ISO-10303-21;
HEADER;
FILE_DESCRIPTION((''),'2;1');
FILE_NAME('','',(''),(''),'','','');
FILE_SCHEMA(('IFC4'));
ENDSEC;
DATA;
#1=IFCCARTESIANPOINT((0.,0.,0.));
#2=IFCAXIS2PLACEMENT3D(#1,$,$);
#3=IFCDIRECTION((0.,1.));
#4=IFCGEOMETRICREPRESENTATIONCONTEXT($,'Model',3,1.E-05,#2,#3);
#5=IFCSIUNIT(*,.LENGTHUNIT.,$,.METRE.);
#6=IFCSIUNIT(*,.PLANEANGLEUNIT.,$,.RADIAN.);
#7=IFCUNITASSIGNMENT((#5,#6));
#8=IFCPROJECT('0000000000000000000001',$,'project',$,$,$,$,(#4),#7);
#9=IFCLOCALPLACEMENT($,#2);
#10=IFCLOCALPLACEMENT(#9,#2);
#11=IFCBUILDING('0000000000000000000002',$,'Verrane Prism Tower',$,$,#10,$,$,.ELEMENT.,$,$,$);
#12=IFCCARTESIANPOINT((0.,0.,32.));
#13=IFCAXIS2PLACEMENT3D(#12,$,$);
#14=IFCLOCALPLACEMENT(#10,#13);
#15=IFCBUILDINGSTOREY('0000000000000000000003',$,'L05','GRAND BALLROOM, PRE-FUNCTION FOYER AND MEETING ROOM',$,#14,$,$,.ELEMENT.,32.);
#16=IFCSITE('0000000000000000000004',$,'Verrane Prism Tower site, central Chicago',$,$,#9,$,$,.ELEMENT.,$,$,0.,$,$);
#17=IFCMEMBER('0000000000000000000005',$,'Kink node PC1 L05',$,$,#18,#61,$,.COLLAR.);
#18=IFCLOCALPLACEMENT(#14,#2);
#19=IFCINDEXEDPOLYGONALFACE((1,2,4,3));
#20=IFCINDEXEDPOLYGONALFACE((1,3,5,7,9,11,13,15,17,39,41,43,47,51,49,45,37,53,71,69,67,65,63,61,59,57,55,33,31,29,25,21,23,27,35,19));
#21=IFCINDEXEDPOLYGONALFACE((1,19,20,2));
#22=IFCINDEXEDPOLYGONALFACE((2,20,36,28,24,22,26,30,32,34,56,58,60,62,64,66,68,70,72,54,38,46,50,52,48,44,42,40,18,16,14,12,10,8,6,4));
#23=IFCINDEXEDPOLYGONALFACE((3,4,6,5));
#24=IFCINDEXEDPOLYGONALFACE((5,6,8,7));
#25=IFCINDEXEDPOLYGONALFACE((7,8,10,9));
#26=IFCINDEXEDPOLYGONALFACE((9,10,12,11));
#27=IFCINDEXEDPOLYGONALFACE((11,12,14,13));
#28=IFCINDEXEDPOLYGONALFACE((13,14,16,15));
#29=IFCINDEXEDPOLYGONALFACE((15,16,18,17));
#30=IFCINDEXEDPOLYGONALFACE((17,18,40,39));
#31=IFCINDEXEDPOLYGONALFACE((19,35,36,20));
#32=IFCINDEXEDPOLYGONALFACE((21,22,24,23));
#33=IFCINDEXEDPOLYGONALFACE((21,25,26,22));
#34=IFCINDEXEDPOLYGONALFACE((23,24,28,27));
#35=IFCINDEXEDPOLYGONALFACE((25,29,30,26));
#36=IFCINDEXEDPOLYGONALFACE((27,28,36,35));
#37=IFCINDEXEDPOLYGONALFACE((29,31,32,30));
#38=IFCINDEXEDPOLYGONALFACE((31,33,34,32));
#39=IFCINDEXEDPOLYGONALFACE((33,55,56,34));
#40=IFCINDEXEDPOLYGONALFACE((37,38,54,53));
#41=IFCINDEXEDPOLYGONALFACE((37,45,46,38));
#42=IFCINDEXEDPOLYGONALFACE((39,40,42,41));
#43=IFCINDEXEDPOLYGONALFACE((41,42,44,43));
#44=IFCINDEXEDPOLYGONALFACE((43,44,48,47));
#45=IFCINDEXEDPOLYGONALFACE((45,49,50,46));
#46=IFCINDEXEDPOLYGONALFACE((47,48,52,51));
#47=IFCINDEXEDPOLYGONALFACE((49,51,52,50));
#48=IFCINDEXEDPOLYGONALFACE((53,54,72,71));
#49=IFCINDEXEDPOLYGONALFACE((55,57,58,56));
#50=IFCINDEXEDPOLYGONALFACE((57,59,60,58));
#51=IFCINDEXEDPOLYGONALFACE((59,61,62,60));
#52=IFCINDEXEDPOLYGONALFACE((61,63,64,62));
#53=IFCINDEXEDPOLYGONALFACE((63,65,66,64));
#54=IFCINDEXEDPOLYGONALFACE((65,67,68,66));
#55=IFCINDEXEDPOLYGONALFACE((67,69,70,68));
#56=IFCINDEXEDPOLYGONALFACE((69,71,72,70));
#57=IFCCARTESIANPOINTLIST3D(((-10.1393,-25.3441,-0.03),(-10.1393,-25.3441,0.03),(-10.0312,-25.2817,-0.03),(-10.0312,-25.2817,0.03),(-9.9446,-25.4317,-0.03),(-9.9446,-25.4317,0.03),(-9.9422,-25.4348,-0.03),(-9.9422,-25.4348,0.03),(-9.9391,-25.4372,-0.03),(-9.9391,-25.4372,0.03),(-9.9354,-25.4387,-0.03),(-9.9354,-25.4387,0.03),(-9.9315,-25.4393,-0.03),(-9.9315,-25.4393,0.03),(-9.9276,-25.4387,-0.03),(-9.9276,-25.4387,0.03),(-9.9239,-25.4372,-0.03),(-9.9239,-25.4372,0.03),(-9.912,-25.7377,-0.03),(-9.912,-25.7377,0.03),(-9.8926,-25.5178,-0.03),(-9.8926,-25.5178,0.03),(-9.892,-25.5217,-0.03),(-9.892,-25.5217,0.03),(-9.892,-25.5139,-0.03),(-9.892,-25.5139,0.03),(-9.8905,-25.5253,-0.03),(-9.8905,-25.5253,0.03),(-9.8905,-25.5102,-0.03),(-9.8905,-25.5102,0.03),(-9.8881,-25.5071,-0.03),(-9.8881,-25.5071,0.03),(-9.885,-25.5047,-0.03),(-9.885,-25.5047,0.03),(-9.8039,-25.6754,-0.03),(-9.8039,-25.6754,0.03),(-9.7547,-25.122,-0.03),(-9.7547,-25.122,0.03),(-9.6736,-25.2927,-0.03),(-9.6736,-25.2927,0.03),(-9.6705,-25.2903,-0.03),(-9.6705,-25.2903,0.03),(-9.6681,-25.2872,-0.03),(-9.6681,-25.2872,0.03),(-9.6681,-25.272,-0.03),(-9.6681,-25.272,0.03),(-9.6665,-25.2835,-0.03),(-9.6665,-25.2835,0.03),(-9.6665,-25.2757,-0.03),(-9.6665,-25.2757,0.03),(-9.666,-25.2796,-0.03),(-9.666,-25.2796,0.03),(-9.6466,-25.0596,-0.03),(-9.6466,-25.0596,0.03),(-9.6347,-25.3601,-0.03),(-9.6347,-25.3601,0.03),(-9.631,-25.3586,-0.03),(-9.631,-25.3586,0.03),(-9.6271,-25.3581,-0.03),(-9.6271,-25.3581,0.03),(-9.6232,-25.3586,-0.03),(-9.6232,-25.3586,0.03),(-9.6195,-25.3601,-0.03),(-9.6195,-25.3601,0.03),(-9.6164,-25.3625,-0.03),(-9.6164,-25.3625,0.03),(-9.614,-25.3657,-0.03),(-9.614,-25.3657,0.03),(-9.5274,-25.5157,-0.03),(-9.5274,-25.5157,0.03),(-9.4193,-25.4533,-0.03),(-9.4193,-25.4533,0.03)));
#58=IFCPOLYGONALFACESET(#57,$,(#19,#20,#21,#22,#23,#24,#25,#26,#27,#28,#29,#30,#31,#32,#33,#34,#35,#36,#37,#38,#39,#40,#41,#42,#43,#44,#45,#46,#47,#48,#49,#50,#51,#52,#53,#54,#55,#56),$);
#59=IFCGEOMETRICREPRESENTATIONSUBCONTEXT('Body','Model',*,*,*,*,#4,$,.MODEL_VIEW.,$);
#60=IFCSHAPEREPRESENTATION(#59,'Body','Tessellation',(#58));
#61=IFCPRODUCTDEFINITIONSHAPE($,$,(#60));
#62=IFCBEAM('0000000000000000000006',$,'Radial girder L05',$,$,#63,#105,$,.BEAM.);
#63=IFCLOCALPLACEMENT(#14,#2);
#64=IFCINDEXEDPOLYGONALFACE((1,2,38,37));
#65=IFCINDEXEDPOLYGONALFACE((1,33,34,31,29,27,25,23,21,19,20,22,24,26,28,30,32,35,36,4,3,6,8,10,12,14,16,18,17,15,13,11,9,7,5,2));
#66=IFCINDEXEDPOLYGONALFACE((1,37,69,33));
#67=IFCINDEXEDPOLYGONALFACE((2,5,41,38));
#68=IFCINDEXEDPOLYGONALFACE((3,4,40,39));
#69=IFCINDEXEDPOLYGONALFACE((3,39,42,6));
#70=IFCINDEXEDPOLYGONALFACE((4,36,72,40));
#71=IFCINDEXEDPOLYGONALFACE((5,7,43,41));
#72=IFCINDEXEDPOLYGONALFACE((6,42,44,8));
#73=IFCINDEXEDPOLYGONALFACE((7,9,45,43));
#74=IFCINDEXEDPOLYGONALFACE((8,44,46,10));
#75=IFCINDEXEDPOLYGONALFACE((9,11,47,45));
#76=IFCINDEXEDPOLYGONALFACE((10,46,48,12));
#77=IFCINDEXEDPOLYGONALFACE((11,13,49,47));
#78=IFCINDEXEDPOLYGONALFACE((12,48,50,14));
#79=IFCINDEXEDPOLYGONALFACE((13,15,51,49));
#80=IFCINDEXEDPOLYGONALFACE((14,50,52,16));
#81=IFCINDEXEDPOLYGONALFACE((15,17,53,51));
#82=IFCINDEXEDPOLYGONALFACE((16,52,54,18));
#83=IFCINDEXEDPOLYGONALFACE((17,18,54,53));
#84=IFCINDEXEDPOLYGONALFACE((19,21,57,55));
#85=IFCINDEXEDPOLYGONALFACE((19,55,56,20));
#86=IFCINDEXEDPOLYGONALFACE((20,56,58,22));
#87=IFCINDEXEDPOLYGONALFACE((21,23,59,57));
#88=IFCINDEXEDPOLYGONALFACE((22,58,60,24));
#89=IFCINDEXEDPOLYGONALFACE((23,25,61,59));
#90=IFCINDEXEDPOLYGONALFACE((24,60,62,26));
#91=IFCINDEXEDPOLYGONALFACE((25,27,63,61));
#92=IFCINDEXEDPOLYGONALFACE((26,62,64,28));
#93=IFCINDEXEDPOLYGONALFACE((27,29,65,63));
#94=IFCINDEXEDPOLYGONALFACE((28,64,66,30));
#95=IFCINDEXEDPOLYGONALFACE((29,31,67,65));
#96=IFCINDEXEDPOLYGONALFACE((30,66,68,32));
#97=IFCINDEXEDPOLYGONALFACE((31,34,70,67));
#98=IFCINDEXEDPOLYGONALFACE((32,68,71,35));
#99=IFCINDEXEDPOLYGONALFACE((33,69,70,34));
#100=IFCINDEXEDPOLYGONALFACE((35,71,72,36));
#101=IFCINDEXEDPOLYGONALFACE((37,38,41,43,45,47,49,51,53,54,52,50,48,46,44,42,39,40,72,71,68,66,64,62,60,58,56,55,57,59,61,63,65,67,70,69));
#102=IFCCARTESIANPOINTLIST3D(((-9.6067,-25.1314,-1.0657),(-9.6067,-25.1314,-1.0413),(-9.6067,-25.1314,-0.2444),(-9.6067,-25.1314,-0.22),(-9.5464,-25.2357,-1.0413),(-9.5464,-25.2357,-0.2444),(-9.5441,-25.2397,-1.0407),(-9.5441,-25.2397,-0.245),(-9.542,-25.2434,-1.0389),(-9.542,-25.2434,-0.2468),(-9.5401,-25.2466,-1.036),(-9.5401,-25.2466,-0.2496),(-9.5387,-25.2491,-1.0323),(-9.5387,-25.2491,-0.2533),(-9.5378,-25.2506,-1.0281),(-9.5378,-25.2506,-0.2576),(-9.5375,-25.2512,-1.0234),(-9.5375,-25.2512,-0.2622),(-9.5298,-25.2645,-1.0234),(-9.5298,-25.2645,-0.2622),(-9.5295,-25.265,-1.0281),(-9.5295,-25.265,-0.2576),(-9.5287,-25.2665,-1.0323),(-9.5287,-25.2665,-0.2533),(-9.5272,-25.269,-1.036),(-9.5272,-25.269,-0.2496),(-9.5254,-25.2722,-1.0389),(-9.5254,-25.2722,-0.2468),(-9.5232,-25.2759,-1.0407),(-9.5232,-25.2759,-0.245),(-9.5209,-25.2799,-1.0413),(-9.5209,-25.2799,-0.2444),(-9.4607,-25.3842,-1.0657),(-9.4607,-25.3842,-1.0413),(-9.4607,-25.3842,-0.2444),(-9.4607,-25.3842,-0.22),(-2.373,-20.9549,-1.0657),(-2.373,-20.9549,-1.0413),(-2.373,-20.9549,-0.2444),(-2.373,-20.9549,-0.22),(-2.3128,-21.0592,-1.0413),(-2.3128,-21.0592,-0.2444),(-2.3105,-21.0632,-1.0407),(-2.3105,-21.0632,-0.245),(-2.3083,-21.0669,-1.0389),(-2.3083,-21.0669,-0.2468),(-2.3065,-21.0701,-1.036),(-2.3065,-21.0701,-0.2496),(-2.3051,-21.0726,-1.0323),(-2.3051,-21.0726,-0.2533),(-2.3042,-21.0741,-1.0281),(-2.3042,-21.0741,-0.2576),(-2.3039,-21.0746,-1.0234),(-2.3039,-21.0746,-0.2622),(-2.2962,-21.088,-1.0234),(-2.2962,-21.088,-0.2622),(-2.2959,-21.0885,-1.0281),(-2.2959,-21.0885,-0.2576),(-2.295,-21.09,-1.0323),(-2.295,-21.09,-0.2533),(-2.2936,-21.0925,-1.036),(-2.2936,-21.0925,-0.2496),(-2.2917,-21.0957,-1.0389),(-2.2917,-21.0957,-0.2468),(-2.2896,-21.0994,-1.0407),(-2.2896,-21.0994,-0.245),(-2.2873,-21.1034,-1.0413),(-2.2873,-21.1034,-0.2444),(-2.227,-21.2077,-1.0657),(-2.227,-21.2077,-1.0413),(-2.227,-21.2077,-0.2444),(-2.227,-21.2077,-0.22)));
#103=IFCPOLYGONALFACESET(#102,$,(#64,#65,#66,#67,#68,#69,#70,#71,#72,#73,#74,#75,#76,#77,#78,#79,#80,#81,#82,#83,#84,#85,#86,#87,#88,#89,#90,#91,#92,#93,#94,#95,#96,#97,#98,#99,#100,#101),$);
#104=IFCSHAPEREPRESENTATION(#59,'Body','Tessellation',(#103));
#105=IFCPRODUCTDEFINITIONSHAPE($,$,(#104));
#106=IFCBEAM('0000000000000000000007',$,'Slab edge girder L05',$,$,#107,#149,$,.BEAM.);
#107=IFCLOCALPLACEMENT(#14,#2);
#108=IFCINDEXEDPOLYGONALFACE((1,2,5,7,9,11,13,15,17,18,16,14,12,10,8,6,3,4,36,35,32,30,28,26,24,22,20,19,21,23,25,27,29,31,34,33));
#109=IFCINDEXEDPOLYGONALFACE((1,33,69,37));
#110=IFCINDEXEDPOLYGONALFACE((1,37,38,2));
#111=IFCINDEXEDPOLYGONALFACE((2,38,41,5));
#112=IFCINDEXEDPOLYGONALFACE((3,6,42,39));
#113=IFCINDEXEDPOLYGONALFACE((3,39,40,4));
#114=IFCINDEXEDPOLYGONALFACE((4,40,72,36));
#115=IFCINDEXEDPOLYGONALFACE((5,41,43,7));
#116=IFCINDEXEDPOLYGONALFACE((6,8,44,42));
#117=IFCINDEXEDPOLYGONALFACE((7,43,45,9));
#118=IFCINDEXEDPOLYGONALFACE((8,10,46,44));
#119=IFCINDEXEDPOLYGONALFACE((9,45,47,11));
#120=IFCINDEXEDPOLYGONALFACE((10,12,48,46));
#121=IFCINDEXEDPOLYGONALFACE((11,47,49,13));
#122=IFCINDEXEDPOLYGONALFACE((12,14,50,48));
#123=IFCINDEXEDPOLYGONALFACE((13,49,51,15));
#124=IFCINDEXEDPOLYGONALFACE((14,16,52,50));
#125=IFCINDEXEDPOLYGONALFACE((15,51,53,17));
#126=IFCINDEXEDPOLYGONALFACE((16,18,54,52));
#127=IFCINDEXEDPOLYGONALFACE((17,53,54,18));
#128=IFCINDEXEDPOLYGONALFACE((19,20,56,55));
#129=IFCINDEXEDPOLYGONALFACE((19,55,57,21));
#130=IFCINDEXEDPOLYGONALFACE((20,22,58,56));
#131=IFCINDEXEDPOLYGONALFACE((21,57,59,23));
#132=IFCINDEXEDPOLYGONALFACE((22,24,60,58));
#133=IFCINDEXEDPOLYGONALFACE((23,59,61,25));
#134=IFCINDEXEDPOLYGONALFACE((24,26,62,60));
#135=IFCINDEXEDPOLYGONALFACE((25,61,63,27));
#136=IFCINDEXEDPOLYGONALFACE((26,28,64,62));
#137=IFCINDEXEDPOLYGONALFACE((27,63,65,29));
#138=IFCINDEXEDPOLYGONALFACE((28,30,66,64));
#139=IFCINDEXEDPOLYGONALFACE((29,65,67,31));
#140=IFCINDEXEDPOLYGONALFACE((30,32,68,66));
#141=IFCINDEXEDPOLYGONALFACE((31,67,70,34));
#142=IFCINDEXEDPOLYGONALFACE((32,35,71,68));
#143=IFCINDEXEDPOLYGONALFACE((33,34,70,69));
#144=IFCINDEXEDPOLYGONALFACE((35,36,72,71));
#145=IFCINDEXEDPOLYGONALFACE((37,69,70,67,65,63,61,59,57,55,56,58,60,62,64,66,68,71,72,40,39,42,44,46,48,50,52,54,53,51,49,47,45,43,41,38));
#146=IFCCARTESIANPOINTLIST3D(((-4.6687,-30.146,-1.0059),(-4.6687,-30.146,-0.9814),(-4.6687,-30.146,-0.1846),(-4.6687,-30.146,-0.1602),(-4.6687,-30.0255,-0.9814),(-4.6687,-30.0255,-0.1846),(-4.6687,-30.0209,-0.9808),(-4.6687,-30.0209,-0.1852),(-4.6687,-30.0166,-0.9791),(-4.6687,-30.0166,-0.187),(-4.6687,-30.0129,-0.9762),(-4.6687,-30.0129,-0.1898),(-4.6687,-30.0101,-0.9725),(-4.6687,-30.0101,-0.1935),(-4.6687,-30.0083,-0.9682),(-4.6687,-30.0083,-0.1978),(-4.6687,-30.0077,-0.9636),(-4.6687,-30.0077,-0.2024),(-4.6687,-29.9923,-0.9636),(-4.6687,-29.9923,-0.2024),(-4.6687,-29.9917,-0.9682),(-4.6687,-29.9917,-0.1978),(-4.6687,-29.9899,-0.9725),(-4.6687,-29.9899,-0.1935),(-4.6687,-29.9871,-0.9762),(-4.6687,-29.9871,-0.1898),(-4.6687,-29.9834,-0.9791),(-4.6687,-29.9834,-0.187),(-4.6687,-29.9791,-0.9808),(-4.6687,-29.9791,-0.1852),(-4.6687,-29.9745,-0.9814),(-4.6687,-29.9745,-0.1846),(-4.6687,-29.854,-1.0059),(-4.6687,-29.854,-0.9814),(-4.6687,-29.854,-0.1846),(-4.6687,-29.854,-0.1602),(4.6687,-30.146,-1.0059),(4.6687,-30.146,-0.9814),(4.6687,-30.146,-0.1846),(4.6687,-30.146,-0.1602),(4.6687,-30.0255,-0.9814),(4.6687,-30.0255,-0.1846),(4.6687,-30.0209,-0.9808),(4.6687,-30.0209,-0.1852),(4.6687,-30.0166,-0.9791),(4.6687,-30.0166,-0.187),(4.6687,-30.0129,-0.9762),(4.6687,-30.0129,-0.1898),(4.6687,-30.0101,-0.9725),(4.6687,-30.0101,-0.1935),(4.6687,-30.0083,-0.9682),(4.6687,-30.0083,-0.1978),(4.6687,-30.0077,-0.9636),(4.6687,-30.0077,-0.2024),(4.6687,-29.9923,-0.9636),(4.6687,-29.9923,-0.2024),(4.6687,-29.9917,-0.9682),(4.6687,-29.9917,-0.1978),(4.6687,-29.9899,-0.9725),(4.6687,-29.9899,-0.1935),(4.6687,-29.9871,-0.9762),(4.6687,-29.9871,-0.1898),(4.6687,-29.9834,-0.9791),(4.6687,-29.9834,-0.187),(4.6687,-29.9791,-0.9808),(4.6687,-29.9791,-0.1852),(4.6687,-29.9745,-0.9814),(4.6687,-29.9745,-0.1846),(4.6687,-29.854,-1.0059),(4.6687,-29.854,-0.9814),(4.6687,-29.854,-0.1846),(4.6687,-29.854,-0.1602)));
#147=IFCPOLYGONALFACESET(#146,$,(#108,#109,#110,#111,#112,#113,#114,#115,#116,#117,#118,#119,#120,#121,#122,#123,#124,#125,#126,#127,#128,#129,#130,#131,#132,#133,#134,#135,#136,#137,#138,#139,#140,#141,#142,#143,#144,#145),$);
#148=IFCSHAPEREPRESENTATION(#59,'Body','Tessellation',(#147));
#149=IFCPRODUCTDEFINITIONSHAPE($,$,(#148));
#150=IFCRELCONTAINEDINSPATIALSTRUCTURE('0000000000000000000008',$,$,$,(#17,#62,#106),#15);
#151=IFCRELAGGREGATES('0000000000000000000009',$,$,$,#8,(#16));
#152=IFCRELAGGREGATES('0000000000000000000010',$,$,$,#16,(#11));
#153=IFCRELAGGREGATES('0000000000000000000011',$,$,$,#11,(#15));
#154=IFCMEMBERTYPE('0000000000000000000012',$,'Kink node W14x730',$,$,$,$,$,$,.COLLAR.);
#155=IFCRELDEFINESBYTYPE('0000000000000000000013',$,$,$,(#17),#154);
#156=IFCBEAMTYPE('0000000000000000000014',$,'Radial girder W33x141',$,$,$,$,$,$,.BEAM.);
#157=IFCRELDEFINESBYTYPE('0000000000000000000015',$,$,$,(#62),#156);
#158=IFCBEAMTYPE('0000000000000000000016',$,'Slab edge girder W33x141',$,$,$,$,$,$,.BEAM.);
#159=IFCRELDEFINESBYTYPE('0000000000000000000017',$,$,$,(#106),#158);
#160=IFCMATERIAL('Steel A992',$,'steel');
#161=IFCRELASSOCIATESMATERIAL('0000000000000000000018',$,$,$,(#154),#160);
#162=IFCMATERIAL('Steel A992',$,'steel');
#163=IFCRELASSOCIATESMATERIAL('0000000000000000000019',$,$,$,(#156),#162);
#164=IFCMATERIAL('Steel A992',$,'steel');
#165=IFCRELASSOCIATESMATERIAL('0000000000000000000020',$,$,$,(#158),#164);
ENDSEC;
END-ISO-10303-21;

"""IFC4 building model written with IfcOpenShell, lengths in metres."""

from ifc_helpers import new_model, si_unit, direction, frame, origin, origin_2d, place, context, subcontext, project, spatial, i_section, extrude, material, material_profile, profile_set, type_object, element, save


model = new_model("IFC4")

# Units and contexts
model_context = context("Model", 3, precision=1e-05, world=origin(), true_north=direction((0.0, 1.0)))
body_context = subcontext(model_context, "Body", "Model", "MODEL_VIEW")
ifc_project = project(units=[si_unit("LENGTHUNIT", "METRE"), si_unit("PLANEANGLEUNIT", "RADIAN")], contexts=[model_context])

# Site, building, storey
site_placement = place(None, origin())
site = spatial("IfcSite", under=ifc_project, at=site_placement, Name="Verrane Prism Tower site, central Chicago", CompositionType="ELEMENT", RefElevation=0.0)
building_placement = place(site_placement, origin())
building = spatial("IfcBuilding", under=site, at=building_placement, Name="Verrane Prism Tower", CompositionType="ELEMENT")
storey_placement = place(building_placement, frame((0.0, 0.0, 32.0)))
storey = spatial("IfcBuildingStorey", under=building, at=storey_placement, Name="L05", Description="GRAND BALLROOM, PRE-FUNCTION FOYER AND MEETING ROOM", CompositionType="ELEMENT", Elevation=32.0)

# Member
ifc_material_1 = material(Name="Steel A992", Category="steel")
ifc_material_profile_1 = material_profile(ifc_material_1, i_section(OverallWidth=0.4546, OverallDepth=0.5688, WebThickness=0.0779, FlangeThickness=0.1248, FilletRadius=0.0151, at=origin_2d()), Name="W14x730")
ifc_profile_set_1 = profile_set([ifc_material_profile_1], Name="Steel A992")
member_type_1 = type_object("IfcMemberType", Name="Kink node W14x730", PredefinedType="COLLAR", material=ifc_profile_set_1)
member_1_placement = place(storey_placement, frame((-9.7793, -25.3987, -0.03), z_axis=(0.0, 0.0, 1.0), x_axis=(-0.5, 0.866025, 0.0)))
element("IfcMember", 1, at=member_1_placement, inside=storey, type_object=member_type_1, Name="Kink node PC1 L05", PredefinedType="COLLAR", context=body_context, shape_type="SweptSolid", body=[
    extrude(i_section(OverallWidth=0.4546, OverallDepth=0.5688, WebThickness=0.0779, FlangeThickness=0.1248, FilletRadius=0.0151, at=origin_2d()), origin(), (0.0, 0.0, 1.0), 0.0601),
])

# Beams
ifc_material_2 = material(Name="Steel A992", Category="steel")
ifc_material_profile_2 = material_profile(ifc_material_2, i_section(OverallWidth=0.292, OverallDepth=0.8457, WebThickness=0.0154, FlangeThickness=0.0244, FilletRadius=0.0178, at=origin_2d()), Name="W33x141")
ifc_profile_set_2 = profile_set([ifc_material_profile_2], Name="Steel A992")
beam_type_1 = type_object("IfcBeamType", Name="Radial girder W33x141", PredefinedType="BEAM", material=ifc_profile_set_2)
beam_1_placement = place(storey_placement, frame((-9.5337, -25.2578, -0.6428), z_axis=(0.866017, 0.500015, 0.0), x_axis=(-0.500015, 0.866017, 0.0)))
element("IfcBeam", 2, at=beam_1_placement, inside=storey, type_object=beam_type_1, Name="Radial girder L05", PredefinedType="BEAM", context=body_context, shape_type="SweptSolid", body=[
    extrude(i_section(OverallWidth=0.292, OverallDepth=0.8457, WebThickness=0.0154, FlangeThickness=0.0244, FilletRadius=0.0178, at=origin_2d()), origin(), (0.0, 0.0, 1.0), 8.3528),
])
ifc_material_3 = material(Name="Steel A992", Category="steel")
ifc_material_profile_3 = material_profile(ifc_material_3, i_section(OverallWidth=0.292, OverallDepth=0.8457, WebThickness=0.0154, FlangeThickness=0.0244, FilletRadius=0.0178, at=origin_2d()), Name="W33x141")
ifc_profile_set_3 = profile_set([ifc_material_profile_3], Name="Steel A992")
beam_type_2 = type_object("IfcBeamType", Name="Slab edge girder W33x141", PredefinedType="BEAM", material=ifc_profile_set_3)
beam_2_placement = place(storey_placement, frame((-4.6687, -30.0, -0.583), z_axis=(1.0, 0.0, 0.0), x_axis=(0.0, 1.0, 0.0)))
element("IfcBeam", 3, at=beam_2_placement, inside=storey, type_object=beam_type_2, Name="Slab edge girder L05", PredefinedType="BEAM", context=body_context, shape_type="SweptSolid", body=[
    extrude(i_section(OverallWidth=0.292, OverallDepth=0.8457, WebThickness=0.0154, FlangeThickness=0.0244, FilletRadius=0.0178, at=origin_2d()), origin(), (0.0, 0.0, 1.0), 9.3374),
])

save(model, "model.ifc")
